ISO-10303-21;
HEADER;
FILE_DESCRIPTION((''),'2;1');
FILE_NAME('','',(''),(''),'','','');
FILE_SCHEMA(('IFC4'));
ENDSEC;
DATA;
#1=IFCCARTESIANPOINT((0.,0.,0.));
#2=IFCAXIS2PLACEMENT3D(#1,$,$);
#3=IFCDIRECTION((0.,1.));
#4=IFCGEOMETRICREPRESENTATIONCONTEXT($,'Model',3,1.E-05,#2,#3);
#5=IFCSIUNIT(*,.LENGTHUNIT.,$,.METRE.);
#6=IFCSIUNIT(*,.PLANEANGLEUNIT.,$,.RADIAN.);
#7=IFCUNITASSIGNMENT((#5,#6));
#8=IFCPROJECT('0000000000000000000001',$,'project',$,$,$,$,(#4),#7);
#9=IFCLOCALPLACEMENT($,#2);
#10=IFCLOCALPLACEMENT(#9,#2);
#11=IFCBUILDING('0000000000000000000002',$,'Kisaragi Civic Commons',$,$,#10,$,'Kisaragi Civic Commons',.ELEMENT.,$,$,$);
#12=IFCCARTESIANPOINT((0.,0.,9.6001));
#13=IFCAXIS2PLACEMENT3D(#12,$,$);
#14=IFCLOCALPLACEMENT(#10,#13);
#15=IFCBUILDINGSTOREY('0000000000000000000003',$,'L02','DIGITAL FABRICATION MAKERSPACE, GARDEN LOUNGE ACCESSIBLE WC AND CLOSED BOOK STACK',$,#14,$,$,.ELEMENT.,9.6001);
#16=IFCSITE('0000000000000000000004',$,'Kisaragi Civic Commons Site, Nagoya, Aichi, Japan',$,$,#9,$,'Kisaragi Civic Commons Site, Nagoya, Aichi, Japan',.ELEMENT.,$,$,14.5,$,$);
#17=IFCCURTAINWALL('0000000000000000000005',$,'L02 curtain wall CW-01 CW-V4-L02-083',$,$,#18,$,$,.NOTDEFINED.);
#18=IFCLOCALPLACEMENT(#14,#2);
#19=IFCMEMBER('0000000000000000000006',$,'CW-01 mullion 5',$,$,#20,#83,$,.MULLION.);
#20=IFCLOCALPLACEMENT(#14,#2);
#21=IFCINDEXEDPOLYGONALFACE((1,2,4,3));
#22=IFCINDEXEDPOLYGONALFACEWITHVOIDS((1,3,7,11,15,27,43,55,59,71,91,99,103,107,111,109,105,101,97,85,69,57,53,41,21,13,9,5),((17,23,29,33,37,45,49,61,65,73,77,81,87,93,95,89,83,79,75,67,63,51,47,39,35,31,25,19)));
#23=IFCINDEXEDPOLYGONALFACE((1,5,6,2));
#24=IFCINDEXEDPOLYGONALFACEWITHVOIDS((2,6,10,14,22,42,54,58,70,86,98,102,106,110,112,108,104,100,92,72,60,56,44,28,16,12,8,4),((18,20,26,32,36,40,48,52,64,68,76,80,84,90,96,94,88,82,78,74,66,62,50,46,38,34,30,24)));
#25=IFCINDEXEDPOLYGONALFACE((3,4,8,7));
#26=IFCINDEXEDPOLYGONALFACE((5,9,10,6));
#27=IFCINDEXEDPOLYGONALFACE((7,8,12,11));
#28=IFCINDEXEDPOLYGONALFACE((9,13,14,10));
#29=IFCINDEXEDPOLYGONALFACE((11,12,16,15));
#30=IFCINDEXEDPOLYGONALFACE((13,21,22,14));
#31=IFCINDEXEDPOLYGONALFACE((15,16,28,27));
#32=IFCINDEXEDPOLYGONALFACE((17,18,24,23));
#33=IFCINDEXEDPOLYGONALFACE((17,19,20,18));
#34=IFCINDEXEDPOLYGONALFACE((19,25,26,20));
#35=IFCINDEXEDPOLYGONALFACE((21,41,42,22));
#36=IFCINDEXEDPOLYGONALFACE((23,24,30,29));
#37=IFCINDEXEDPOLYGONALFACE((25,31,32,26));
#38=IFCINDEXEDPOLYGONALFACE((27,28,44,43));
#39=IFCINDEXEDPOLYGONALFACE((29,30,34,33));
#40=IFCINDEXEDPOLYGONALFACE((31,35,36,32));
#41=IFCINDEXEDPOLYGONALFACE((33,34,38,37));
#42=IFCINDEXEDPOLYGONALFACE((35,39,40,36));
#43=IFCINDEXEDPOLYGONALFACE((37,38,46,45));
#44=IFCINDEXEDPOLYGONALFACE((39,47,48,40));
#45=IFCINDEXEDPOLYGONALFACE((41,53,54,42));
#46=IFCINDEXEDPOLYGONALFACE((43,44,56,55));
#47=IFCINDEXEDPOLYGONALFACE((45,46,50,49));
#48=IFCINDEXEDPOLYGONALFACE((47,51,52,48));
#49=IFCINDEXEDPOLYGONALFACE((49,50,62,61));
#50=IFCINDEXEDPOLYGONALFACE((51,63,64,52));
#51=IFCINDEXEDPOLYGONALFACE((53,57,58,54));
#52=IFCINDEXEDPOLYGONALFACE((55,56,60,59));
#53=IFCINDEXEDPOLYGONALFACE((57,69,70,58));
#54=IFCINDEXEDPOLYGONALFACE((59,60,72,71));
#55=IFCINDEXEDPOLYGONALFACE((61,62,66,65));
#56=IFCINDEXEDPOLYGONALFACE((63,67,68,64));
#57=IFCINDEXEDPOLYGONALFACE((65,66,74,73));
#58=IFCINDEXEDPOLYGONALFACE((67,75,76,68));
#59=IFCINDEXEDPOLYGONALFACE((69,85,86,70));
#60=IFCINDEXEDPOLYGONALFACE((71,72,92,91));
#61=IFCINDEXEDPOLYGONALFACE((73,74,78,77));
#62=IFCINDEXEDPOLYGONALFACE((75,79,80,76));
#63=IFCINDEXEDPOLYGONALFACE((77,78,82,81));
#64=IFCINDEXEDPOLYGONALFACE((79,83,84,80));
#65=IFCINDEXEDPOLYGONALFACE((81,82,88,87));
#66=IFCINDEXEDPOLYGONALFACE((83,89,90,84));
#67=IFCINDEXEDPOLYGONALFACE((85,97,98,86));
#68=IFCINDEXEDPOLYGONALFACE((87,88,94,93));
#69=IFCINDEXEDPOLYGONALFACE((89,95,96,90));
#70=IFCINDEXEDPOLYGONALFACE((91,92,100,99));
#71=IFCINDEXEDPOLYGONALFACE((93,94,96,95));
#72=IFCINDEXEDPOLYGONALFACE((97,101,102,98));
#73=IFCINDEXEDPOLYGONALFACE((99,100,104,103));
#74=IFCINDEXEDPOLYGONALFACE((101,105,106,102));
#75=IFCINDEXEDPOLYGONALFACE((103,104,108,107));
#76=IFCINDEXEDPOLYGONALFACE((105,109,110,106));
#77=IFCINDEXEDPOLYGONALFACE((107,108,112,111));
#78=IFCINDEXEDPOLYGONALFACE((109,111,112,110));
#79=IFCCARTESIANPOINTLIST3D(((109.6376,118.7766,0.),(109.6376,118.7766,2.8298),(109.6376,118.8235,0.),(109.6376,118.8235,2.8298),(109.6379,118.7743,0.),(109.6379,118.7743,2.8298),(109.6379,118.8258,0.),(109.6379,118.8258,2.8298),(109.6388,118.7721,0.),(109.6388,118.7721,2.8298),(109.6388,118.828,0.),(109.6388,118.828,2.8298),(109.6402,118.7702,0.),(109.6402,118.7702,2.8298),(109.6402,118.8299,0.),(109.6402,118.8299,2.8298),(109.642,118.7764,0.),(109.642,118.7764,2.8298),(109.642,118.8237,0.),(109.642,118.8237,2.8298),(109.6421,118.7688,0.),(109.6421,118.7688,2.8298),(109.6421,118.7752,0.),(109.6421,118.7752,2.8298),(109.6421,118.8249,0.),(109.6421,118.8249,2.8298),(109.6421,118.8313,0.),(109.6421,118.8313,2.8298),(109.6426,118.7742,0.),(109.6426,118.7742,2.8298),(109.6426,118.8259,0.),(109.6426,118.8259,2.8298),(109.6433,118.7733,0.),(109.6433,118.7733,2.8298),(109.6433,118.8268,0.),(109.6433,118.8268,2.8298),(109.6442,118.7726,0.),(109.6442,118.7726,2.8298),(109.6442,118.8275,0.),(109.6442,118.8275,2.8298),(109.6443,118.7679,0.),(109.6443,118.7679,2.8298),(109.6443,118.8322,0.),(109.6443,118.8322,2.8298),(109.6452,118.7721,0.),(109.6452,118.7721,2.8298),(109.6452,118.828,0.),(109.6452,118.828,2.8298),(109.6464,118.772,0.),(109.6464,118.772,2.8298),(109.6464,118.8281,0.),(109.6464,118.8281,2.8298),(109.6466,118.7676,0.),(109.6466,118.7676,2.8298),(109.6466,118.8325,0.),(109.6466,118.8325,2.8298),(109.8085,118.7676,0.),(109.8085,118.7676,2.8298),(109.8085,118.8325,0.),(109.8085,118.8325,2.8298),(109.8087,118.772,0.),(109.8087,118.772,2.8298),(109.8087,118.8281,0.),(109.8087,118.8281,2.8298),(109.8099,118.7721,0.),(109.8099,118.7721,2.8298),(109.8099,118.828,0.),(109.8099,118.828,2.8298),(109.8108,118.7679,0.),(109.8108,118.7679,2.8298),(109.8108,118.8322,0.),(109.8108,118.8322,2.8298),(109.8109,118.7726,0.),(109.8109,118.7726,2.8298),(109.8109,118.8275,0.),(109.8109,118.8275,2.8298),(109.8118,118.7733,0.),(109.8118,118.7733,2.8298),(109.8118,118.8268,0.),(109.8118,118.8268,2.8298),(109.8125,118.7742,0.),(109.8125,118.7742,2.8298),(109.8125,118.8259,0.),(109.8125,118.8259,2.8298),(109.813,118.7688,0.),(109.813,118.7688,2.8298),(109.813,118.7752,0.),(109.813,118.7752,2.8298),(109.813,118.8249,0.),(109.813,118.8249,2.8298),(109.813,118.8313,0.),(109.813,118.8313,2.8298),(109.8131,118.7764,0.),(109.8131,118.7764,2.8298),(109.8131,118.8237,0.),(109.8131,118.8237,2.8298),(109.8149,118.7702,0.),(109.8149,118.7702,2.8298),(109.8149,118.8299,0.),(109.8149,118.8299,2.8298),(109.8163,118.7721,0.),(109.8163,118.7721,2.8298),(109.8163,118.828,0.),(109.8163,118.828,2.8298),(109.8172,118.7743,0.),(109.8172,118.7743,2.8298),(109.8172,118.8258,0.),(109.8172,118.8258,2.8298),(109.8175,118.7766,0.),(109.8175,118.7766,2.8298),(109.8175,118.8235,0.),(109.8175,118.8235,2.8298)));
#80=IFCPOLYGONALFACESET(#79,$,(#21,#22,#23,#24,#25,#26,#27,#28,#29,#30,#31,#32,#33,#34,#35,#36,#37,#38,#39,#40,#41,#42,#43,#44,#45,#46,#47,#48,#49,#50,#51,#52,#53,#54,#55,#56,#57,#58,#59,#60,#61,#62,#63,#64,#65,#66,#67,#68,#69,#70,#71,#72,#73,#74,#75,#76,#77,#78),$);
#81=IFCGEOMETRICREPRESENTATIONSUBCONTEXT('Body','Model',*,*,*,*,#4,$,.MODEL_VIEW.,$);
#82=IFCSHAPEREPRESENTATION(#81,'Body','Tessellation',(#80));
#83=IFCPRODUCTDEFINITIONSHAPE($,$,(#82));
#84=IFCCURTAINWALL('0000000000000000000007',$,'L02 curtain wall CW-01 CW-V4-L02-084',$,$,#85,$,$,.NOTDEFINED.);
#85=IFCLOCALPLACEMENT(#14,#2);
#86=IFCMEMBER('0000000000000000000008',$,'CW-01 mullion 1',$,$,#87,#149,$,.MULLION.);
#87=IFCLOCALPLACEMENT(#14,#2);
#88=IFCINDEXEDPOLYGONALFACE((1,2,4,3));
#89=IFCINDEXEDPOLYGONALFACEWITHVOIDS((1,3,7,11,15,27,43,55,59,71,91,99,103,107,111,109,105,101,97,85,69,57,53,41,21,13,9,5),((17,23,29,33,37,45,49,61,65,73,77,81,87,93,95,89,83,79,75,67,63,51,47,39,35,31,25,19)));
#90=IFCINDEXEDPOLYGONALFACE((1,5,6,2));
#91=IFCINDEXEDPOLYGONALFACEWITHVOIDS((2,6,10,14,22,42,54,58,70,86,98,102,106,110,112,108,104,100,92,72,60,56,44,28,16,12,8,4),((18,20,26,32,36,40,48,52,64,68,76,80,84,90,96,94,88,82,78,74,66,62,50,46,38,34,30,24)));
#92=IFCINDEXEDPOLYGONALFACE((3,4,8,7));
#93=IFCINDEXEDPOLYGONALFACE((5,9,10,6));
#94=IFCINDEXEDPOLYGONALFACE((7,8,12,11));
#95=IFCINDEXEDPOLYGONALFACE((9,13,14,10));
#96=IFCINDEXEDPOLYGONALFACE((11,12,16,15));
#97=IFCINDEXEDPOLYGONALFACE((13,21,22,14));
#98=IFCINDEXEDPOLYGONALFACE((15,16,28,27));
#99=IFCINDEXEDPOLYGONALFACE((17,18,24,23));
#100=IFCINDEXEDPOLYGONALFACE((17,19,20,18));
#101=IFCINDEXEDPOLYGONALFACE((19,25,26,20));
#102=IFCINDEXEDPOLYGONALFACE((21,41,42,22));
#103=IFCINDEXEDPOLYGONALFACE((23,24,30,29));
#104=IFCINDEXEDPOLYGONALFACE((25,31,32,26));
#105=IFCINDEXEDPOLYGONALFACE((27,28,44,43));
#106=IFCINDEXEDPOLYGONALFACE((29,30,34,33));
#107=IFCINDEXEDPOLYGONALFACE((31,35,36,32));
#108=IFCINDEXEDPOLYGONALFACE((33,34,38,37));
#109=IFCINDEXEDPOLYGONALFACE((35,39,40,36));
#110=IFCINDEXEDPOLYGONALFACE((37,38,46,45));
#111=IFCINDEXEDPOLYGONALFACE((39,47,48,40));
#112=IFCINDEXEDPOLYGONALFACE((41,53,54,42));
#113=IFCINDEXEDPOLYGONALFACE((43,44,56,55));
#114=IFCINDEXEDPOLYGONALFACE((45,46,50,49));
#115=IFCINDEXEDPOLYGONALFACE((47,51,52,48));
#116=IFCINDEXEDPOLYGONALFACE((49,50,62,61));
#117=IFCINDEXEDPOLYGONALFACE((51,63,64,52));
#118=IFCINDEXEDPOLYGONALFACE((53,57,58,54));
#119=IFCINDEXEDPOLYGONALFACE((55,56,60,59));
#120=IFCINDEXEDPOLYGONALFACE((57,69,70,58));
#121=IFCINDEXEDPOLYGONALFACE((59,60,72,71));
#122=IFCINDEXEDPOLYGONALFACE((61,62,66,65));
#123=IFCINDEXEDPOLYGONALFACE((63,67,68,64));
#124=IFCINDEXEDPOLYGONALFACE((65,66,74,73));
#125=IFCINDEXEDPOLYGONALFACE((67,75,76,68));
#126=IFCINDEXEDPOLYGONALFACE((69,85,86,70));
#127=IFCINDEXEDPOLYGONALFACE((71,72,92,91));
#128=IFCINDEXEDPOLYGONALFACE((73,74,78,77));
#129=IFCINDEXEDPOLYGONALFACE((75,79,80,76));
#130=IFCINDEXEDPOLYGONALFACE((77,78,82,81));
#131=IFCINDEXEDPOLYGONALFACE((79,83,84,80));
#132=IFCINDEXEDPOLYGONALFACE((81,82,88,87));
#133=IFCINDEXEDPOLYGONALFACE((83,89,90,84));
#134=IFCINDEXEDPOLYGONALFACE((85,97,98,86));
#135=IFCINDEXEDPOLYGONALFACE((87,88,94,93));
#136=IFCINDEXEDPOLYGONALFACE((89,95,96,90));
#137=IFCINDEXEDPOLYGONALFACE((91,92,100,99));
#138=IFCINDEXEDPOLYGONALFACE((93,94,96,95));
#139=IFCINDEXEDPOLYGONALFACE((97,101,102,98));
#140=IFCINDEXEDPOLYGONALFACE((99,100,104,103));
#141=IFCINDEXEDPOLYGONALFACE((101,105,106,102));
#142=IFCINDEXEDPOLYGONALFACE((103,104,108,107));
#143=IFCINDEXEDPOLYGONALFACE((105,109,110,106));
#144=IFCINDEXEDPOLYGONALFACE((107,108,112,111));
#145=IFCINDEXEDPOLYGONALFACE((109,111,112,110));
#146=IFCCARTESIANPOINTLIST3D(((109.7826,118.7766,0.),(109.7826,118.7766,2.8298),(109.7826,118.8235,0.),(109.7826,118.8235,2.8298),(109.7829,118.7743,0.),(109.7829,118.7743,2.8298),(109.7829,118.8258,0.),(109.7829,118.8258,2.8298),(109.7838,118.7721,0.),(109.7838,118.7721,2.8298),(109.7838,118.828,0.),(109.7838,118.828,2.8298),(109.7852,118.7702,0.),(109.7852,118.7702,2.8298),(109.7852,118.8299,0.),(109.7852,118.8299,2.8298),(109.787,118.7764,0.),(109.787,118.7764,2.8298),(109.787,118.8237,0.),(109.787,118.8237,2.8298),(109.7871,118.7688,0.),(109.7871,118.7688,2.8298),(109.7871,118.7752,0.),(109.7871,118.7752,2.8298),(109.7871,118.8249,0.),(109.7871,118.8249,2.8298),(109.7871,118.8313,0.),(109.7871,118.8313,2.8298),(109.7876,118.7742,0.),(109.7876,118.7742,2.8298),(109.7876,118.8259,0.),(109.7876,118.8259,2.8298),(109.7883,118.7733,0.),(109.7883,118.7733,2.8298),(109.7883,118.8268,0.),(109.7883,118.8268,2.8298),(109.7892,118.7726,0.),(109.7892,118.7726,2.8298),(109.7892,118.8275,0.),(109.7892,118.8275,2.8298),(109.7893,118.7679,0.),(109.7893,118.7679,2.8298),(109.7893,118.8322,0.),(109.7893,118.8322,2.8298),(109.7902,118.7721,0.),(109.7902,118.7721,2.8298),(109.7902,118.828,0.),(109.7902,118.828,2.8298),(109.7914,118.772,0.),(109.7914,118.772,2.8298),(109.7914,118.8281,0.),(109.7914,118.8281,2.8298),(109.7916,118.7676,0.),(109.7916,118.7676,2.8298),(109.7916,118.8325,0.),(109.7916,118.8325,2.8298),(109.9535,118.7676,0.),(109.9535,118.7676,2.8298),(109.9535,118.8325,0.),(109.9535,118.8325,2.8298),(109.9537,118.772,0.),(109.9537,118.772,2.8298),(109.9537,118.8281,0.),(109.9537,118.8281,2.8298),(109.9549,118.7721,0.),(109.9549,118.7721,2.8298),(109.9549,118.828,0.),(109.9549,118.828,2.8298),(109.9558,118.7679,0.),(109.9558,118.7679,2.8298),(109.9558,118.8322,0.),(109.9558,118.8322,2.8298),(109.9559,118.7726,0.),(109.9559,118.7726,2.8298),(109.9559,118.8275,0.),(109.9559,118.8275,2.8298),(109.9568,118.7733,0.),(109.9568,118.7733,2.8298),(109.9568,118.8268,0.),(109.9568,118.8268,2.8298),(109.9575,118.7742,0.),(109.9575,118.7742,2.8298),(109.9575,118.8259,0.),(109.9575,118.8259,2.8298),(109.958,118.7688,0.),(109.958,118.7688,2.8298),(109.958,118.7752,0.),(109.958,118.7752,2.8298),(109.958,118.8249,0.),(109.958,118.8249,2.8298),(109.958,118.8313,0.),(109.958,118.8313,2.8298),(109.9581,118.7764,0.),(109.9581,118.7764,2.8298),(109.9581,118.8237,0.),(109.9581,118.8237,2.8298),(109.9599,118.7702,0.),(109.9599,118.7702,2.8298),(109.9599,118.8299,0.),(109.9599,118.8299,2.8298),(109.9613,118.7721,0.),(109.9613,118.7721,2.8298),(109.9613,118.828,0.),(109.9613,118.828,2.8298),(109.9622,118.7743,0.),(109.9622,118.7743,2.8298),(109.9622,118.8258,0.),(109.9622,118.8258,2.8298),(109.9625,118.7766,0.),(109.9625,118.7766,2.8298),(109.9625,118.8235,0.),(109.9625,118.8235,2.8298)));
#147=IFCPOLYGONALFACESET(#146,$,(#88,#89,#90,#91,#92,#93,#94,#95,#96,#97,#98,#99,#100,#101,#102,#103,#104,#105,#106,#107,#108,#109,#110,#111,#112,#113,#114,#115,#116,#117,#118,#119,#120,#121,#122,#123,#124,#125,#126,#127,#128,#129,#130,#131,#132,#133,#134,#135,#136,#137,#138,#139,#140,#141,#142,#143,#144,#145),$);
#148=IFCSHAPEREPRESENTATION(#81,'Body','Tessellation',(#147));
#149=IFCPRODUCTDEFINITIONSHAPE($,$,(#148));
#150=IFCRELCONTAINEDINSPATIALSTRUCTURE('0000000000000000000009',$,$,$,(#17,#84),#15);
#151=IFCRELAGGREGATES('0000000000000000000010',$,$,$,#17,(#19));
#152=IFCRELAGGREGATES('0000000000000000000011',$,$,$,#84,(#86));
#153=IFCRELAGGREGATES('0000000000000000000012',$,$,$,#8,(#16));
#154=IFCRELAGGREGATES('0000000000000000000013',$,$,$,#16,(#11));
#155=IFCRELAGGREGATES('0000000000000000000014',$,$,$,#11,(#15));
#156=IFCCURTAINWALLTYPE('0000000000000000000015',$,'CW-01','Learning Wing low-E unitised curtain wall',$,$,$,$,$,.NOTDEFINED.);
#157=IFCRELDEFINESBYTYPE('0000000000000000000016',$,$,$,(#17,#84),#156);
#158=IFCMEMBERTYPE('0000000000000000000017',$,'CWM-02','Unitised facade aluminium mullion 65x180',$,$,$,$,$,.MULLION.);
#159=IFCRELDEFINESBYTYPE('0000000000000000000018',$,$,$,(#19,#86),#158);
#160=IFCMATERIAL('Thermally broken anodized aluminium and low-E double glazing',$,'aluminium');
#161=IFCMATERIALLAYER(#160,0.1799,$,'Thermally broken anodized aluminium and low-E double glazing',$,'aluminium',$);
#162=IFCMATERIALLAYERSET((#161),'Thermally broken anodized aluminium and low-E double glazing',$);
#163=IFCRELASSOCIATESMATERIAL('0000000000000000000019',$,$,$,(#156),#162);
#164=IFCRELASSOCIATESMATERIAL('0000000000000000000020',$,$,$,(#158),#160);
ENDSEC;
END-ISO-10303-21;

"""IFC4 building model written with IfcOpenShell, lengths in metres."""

from ifc_helpers import new_model, si_unit, direction, frame, origin, origin_2d, place, context, subcontext, project, spatial, hollow_rectangle, extrude, material, layer, layer_set, material_profile, profile_set, type_object, element, aggregate, save


model = new_model("IFC4")

# Units and contexts
model_context = context("Model", 3, precision=1e-05, world=origin(), true_north=direction((0.0, 1.0)))
body_context = subcontext(model_context, "Body", "Model", "MODEL_VIEW")
ifc_project = project(units=[si_unit("LENGTHUNIT", "METRE"), si_unit("PLANEANGLEUNIT", "RADIAN")], contexts=[model_context])

# Site, building, storey
site_placement = place(None, origin())
site = spatial("IfcSite", under=ifc_project, at=site_placement, Name="Kisaragi Civic Commons Site, Nagoya, Aichi, Japan", LongName="Kisaragi Civic Commons Site, Nagoya, Aichi, Japan", CompositionType="ELEMENT", RefElevation=14.5)
building_placement = place(site_placement, origin())
building = spatial("IfcBuilding", under=site, at=building_placement, Name="Kisaragi Civic Commons", LongName="Kisaragi Civic Commons", CompositionType="ELEMENT")
storey_placement = place(building_placement, frame((0.0, 0.0, 9.6001)))
storey = spatial("IfcBuildingStorey", under=building, at=storey_placement, Name="L02", Description="DIGITAL FABRICATION MAKERSPACE, GARDEN LOUNGE ACCESSIBLE WC AND CLOSED BOOK STACK", CompositionType="ELEMENT", Elevation=9.6001)

# Curtain walls, members
ifc_material = material(Name="Thermally broken anodized aluminium and low-E double glazing", Category="aluminium")
ifc_layer_1 = layer(ifc_material, 0.1799, Name="Thermally broken anodized aluminium and low-E double glazing", Category="aluminium")
ifc_layer_set_1 = layer_set([ifc_layer_1], Name="Thermally broken anodized aluminium and low-E double glazing")
curtain_wall_type = type_object("IfcCurtainWallType", Name="CW-01", Description="Learning Wing low-E unitised curtain wall", PredefinedType="NOTDEFINED", material=ifc_layer_set_1)
curtain_wall_1_placement = place(storey_placement, origin())
curtain_wall_1 = element("IfcCurtainWall", 1, at=curtain_wall_1_placement, inside=storey, type_object=curtain_wall_type, Name="L02 curtain wall CW-01 CW-V4-L02-083", PredefinedType="NOTDEFINED")
ifc_material_profile_1 = material_profile(ifc_material, hollow_rectangle(XDim=0.0649, YDim=0.1799, WallThickness=0.0044, InnerFilletRadius=0.0044, OuterFilletRadius=0.009, at=origin_2d()), Name="CWM-65x180x4.5", Category="aluminium")
ifc_profile_set_1 = profile_set([ifc_material_profile_1], Name="Thermally broken anodized aluminium and low-E double glazing")
member_type_1 = type_object("IfcMemberType", Name="CWM-02", Description="Unitised facade aluminium mullion 65x180", PredefinedType="MULLION", material=ifc_profile_set_1)
member_1_placement = place(storey_placement, frame((109.7275, 118.8, 0.0), z_axis=(0.0, 0.0, 1.0), x_axis=(0.0, 1.0, 0.0)))
member_1 = element("IfcMember", 2, at=member_1_placement, type_object=member_type_1, Name="CW-01 mullion 5", PredefinedType="MULLION", context=body_context, shape_type="SweptSolid", body=[
    extrude(hollow_rectangle(XDim=0.0649, YDim=0.1799, WallThickness=0.0044, InnerFilletRadius=0.0044, OuterFilletRadius=0.009, at=origin_2d()), origin(), (0.0, 0.0, 1.0), 2.8298),
])
curtain_wall_2_placement = place(storey_placement, origin())
curtain_wall_2 = element("IfcCurtainWall", 3, at=curtain_wall_2_placement, inside=storey, type_object=curtain_wall_type, Name="L02 curtain wall CW-01 CW-V4-L02-084", PredefinedType="NOTDEFINED")
member_2_placement = place(storey_placement, frame((109.8726, 118.8, 0.0), z_axis=(0.0, 0.0, 1.0), x_axis=(0.0, 1.0, 0.0)))
member_2 = element("IfcMember", 4, at=member_2_placement, type_object=member_type_1, Name="CW-01 mullion 1", PredefinedType="MULLION", context=body_context, shape_type="SweptSolid", body=[
    extrude(hollow_rectangle(XDim=0.0649, YDim=0.1799, WallThickness=0.0044, InnerFilletRadius=0.0044, OuterFilletRadius=0.009, at=origin_2d()), origin(), (0.0, 0.0, 1.0), 2.8298),
])

aggregate(curtain_wall_1, [member_1])
aggregate(curtain_wall_2, [member_2])

save(model, "model.ifc")
